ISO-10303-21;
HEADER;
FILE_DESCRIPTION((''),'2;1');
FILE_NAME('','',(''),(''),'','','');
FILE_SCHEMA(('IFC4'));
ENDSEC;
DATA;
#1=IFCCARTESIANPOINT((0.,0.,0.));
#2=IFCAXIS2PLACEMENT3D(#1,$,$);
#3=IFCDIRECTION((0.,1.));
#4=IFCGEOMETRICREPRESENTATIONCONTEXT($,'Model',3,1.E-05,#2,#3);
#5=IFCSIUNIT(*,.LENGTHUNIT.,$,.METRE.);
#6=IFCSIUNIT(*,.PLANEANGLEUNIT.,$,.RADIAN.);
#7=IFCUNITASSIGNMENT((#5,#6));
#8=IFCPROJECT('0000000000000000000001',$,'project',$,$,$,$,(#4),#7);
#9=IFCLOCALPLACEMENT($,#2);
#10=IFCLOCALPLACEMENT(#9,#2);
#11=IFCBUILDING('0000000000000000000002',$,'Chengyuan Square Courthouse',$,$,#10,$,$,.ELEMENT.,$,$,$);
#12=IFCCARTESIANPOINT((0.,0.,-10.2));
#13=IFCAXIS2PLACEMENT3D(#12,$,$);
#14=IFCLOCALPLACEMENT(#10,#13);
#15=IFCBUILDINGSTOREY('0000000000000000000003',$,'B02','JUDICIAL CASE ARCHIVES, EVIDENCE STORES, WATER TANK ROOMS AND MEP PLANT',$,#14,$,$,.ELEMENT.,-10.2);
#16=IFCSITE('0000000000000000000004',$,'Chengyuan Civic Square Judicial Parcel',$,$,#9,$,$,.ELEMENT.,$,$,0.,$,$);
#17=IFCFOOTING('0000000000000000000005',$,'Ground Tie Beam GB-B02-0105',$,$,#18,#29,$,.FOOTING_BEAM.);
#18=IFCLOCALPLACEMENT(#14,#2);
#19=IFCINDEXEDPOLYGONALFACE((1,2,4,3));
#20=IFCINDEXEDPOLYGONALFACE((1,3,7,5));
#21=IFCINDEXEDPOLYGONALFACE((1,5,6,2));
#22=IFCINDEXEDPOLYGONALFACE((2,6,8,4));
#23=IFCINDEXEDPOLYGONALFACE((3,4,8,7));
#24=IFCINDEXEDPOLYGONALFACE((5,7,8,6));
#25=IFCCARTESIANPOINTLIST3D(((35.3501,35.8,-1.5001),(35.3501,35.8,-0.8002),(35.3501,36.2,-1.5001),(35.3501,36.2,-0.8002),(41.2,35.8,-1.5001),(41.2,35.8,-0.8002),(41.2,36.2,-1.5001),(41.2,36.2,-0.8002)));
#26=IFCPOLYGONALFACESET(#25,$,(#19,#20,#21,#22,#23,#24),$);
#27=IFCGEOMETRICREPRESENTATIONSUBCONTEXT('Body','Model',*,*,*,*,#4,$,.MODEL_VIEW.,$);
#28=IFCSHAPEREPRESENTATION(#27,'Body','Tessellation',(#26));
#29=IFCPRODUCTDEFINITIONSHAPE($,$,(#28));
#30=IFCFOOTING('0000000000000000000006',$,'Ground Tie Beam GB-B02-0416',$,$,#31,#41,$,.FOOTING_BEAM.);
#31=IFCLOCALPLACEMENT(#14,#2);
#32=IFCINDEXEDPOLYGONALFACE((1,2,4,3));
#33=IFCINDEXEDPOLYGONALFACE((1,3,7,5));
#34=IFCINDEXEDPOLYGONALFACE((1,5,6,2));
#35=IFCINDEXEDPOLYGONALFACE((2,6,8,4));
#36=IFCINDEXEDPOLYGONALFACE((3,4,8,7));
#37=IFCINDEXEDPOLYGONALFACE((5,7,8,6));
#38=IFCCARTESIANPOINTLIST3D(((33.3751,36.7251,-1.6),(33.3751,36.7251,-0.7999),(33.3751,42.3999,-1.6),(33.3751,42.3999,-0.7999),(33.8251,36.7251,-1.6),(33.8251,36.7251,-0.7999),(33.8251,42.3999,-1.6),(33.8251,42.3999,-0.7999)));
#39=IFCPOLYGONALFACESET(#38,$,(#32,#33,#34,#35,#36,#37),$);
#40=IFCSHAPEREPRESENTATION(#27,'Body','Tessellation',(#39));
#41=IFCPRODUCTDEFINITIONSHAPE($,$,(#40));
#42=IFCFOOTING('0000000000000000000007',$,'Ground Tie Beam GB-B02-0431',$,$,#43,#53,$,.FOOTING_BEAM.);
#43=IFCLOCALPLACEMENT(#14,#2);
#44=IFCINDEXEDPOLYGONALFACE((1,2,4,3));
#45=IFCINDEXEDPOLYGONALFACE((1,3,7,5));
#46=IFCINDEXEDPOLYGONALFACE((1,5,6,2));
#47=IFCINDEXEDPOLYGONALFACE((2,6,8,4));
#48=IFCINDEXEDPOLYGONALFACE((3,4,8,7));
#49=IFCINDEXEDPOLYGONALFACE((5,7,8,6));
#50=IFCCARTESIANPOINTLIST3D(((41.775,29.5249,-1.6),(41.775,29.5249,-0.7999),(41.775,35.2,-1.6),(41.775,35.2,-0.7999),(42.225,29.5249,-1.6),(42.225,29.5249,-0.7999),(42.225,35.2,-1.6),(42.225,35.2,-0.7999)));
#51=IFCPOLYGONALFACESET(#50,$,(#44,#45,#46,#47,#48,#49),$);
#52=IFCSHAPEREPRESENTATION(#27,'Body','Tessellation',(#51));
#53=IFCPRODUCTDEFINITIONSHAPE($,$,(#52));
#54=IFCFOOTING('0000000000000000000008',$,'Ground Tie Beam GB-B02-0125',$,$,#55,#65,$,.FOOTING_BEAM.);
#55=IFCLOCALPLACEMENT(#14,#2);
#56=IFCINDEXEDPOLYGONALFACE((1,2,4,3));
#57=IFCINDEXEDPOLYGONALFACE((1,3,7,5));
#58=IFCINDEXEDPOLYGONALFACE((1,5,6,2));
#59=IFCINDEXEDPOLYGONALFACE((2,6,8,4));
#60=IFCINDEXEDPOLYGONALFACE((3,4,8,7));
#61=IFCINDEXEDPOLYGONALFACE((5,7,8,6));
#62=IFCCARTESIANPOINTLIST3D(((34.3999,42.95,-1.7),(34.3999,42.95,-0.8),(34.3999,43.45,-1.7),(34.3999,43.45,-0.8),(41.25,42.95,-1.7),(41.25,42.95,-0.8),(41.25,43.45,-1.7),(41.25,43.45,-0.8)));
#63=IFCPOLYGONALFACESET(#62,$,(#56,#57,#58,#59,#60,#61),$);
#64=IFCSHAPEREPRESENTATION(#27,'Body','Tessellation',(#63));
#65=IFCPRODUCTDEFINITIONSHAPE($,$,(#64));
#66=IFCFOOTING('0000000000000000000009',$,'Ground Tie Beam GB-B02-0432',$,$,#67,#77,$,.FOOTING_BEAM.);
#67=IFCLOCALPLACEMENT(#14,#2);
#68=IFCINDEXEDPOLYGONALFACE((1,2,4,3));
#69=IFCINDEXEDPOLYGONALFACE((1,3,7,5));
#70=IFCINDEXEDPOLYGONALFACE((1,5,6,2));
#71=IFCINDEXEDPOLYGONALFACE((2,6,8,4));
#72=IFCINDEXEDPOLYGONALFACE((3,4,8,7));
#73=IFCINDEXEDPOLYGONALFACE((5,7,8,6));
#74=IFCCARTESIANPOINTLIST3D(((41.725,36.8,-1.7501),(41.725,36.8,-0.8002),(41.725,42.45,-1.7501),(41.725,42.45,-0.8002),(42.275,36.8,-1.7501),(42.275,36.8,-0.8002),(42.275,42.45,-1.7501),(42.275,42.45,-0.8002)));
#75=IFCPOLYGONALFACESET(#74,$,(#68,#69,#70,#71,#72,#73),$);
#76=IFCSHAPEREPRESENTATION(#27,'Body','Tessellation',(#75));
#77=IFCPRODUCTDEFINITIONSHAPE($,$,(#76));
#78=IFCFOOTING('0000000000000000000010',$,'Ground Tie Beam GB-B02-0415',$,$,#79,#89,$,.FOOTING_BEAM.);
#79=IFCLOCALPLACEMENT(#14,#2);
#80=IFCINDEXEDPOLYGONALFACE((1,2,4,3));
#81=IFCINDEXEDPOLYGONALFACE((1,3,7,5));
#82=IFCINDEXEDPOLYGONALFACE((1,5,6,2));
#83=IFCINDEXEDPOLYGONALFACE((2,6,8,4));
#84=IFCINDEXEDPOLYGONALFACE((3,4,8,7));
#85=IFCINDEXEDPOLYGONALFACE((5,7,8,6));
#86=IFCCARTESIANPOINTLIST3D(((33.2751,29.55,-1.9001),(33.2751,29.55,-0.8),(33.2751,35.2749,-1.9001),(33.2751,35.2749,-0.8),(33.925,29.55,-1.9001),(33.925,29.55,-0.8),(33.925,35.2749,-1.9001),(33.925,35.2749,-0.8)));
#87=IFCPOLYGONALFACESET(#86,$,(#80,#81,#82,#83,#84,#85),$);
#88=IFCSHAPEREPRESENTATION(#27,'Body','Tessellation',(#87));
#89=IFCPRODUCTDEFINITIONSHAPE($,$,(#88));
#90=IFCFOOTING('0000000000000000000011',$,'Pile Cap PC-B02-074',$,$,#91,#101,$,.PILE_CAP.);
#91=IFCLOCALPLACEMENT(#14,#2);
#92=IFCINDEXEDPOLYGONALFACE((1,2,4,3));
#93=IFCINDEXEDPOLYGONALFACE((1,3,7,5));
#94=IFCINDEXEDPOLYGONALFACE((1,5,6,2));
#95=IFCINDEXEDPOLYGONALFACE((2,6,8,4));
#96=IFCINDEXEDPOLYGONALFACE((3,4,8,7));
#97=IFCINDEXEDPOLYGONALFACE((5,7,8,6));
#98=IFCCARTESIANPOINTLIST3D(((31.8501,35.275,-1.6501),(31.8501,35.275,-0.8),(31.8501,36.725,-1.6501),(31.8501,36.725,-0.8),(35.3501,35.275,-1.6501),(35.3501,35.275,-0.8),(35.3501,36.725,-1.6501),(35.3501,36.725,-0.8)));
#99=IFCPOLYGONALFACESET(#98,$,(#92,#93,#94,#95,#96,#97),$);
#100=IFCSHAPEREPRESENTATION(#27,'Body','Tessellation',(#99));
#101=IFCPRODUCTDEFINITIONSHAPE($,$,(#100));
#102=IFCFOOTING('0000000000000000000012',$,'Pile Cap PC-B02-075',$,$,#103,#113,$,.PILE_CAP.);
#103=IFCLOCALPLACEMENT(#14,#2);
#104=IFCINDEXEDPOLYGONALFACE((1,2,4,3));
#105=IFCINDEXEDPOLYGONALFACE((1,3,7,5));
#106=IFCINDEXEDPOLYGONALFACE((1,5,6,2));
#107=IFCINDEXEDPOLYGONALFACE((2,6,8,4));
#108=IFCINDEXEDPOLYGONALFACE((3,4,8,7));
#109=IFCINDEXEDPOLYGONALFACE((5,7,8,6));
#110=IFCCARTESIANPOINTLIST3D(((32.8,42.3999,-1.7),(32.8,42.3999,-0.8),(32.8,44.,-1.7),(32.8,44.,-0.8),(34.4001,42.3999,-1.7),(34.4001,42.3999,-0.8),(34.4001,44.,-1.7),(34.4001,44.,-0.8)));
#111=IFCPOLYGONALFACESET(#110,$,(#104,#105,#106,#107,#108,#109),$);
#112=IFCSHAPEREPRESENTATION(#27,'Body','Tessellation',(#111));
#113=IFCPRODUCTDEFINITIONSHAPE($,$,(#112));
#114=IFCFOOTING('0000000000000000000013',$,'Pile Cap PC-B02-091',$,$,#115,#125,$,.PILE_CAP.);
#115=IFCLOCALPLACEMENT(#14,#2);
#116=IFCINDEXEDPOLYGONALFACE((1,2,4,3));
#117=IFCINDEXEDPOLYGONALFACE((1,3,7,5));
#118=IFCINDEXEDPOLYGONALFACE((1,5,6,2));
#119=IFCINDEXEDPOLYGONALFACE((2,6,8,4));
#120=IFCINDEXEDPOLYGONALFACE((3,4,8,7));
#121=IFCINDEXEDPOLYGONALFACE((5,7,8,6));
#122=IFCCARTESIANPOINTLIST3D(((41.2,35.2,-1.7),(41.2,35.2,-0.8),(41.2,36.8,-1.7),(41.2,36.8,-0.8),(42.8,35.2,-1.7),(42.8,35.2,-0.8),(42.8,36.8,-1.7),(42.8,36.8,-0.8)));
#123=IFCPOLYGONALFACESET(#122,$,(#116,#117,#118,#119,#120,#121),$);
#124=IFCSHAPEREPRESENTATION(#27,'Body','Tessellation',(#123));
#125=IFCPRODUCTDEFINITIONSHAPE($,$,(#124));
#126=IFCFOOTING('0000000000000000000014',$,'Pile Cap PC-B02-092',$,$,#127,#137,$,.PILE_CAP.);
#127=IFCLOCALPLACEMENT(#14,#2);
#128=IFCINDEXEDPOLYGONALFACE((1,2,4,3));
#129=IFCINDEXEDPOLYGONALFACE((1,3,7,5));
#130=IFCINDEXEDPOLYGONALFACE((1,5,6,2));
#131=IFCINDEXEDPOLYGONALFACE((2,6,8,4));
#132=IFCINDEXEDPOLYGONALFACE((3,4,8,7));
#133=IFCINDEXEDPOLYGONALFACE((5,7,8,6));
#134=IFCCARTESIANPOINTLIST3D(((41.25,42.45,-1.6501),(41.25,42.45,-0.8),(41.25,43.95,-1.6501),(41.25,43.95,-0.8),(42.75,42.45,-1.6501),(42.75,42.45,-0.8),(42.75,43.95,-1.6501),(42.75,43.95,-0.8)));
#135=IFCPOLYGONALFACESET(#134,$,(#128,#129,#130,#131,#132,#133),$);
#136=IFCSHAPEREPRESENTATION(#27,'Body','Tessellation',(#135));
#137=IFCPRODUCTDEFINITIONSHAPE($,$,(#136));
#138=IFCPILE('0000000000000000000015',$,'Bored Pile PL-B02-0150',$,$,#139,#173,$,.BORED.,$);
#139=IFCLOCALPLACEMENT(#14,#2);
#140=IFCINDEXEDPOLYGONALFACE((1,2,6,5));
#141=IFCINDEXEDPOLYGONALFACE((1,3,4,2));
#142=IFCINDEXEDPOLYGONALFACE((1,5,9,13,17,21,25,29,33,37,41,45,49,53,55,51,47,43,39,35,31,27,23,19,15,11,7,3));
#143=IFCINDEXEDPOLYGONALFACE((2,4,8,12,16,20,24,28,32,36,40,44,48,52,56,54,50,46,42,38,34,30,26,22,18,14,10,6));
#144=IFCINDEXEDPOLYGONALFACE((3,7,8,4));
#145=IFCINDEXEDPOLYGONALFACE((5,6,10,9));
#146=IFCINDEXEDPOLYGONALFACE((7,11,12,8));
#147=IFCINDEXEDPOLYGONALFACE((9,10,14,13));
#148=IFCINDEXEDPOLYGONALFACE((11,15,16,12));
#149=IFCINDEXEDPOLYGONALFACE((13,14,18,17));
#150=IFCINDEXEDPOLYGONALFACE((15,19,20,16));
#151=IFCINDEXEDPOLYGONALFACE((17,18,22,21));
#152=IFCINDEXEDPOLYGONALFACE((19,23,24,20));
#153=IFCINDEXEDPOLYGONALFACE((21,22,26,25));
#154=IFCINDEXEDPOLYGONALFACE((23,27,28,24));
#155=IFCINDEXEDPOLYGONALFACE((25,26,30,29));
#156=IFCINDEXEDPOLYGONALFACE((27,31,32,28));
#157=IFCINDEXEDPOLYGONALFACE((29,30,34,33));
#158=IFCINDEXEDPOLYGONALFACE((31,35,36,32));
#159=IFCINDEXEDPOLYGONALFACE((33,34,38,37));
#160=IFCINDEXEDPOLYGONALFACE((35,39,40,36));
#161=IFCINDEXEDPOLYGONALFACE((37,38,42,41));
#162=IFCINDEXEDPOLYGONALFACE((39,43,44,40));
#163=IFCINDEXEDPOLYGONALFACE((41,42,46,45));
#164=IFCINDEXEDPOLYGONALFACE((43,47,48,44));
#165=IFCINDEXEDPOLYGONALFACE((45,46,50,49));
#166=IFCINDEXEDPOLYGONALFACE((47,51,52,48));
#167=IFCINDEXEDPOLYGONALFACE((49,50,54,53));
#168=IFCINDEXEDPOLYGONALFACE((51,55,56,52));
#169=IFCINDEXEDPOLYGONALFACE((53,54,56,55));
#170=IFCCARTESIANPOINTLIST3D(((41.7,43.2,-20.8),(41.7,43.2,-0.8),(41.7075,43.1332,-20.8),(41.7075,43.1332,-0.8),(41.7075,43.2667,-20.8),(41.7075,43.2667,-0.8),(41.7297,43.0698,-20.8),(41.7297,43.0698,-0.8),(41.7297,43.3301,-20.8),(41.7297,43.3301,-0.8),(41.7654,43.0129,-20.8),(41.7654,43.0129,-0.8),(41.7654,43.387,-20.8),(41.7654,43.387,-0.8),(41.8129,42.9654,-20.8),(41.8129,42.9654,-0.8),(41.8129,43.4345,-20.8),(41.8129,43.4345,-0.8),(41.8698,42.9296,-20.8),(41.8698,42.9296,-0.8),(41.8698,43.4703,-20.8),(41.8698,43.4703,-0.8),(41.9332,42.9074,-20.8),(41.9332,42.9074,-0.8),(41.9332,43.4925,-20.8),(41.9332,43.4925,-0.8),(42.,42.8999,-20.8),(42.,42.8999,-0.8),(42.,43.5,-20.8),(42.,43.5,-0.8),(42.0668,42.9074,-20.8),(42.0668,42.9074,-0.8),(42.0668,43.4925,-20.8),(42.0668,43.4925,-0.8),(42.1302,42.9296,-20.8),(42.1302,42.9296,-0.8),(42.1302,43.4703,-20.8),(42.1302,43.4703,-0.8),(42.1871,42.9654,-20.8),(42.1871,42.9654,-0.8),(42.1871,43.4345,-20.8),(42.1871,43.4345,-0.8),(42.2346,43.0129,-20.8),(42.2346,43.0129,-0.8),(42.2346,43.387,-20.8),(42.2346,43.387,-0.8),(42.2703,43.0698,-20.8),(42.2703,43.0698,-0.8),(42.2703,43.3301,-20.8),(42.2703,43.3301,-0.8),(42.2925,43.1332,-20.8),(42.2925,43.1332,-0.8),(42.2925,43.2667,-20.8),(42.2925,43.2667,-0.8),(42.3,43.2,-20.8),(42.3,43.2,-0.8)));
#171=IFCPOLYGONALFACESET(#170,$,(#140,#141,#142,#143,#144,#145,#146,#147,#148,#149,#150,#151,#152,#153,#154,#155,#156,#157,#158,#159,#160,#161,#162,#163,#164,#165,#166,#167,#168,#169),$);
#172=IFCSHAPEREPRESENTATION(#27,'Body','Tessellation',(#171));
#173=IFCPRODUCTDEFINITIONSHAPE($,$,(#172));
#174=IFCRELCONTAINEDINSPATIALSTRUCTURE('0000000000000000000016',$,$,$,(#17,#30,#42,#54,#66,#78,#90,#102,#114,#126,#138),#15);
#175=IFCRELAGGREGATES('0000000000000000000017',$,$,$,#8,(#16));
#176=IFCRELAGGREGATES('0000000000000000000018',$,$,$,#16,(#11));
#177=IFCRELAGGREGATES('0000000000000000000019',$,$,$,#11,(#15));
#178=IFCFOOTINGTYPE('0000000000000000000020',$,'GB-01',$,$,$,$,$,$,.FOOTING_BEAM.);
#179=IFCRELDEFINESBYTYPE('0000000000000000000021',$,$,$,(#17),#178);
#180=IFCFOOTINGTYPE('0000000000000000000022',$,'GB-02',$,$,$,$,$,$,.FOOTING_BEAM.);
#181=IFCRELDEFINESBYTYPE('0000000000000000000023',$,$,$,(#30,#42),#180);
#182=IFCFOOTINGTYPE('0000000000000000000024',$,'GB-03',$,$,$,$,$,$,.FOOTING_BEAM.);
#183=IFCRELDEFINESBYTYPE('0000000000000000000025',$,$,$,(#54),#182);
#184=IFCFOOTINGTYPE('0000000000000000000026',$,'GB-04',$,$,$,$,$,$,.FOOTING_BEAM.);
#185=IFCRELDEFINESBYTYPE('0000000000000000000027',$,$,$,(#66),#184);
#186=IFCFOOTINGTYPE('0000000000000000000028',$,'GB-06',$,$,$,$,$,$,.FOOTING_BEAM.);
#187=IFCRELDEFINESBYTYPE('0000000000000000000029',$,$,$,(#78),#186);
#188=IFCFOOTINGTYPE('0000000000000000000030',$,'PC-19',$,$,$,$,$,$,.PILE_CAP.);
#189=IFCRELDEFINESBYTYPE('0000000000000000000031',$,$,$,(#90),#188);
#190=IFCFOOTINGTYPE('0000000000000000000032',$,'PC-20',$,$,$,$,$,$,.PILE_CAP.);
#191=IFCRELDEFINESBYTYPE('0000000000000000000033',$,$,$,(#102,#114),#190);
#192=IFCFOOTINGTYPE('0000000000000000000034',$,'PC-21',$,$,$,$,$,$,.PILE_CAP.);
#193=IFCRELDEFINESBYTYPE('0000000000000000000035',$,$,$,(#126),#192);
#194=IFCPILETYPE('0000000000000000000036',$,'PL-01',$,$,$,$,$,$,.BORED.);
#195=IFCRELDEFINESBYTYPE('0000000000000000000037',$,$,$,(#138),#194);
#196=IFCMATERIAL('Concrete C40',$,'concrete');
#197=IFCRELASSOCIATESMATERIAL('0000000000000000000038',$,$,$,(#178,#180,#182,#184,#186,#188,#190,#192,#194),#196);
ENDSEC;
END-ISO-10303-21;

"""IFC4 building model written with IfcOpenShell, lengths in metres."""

from ifc_helpers import new_model, si_unit, direction, frame, origin, origin_2d, place, context, subcontext, project, spatial, rectangle, circle, extrude, material, material_profile, profile_set, type_object, element, save


model = new_model("IFC4")

# Units and contexts
model_context = context("Model", 3, precision=1e-05, world=origin(), true_north=direction((0.0, 1.0)))
body_context = subcontext(model_context, "Body", "Model", "MODEL_VIEW")
ifc_project = project(units=[si_unit("LENGTHUNIT", "METRE"), si_unit("PLANEANGLEUNIT", "RADIAN")], contexts=[model_context])

# Site, building, storey
site_placement = place(None, origin())
site = spatial("IfcSite", under=ifc_project, at=site_placement, Name="Chengyuan Civic Square Judicial Parcel", CompositionType="ELEMENT", RefElevation=0.0)
building_placement = place(site_placement, origin())
building = spatial("IfcBuilding", under=site, at=building_placement, Name="Chengyuan Square Courthouse", CompositionType="ELEMENT")
storey_placement = place(building_placement, frame((0.0, 0.0, -10.2)))
storey = spatial("IfcBuildingStorey", under=building, at=storey_placement, Name="B02", Description="JUDICIAL CASE ARCHIVES, EVIDENCE STORES, WATER TANK ROOMS AND MEP PLANT", CompositionType="ELEMENT", Elevation=-10.2)

# Footings
ifc_material_1 = material(Name="Concrete C40", Category="concrete")
ifc_material_profile_1 = material_profile(ifc_material_1, rectangle(XDim=0.3999, YDim=0.7, at=origin_2d()), Name="GB-400x700")
ifc_profile_set_1 = profile_set([ifc_material_profile_1], Name="Concrete C40")
footing_type_1 = type_object("IfcFootingType", Name="GB-01", PredefinedType="FOOTING_BEAM", material=ifc_profile_set_1)
footing_1_placement = place(storey_placement, frame((35.3501, 36.0, -1.1501), z_axis=(1.0, 0.0, 0.0), x_axis=(0.0, 1.0, 0.0)))
element("IfcFooting", 1, at=footing_1_placement, inside=storey, type_object=footing_type_1, Name="Ground Tie Beam GB-B02-0105", PredefinedType="FOOTING_BEAM", context=body_context, shape_type="SweptSolid", body=[
    extrude(rectangle(XDim=0.3999, YDim=0.7, at=origin_2d()), origin(), (0.0, 0.0, 1.0), 5.8499),
])
ifc_material_profile_2 = material_profile(ifc_material_1, rectangle(XDim=0.45, YDim=0.8, at=origin_2d()), Name="GB-450x800")
ifc_profile_set_2 = profile_set([ifc_material_profile_2], Name="Concrete C40")
footing_type_2 = type_object("IfcFootingType", Name="GB-02", PredefinedType="FOOTING_BEAM", material=ifc_profile_set_2)
footing_2_placement = place(storey_placement, frame((33.6001, 36.7251, -1.2), z_axis=(0.0, 1.0, 0.0), x_axis=(-1.0, 0.0, 0.0)))
element("IfcFooting", 2, at=footing_2_placement, inside=storey, type_object=footing_type_2, Name="Ground Tie Beam GB-B02-0416", PredefinedType="FOOTING_BEAM", context=body_context, shape_type="SweptSolid", body=[
    extrude(rectangle(XDim=0.45, YDim=0.8, at=origin_2d()), origin(), (0.0, 0.0, 1.0), 5.6748),
])
footing_3_placement = place(storey_placement, frame((42.0, 29.5249, -1.2), z_axis=(0.0, 1.0, 0.0), x_axis=(-1.0, 0.0, 0.0)))
element("IfcFooting", 3, at=footing_3_placement, inside=storey, type_object=footing_type_2, Name="Ground Tie Beam GB-B02-0431", PredefinedType="FOOTING_BEAM", context=body_context, shape_type="SweptSolid", body=[
    extrude(rectangle(XDim=0.45, YDim=0.8, at=origin_2d()), origin(), (0.0, 0.0, 1.0), 5.675),
])
ifc_material_profile_3 = material_profile(ifc_material_1, rectangle(XDim=0.5, YDim=0.8999, at=origin_2d()), Name="GB-500x900")
ifc_profile_set_3 = profile_set([ifc_material_profile_3], Name="Concrete C40")
footing_type_3 = type_object("IfcFootingType", Name="GB-03", PredefinedType="FOOTING_BEAM", material=ifc_profile_set_3)
footing_4_placement = place(storey_placement, frame((34.3999, 43.2, -1.25), z_axis=(1.0, 0.0, 0.0), x_axis=(0.0, 1.0, 0.0)))
element("IfcFooting", 4, at=footing_4_placement, inside=storey, type_object=footing_type_3, Name="Ground Tie Beam GB-B02-0125", PredefinedType="FOOTING_BEAM", context=body_context, shape_type="SweptSolid", body=[
    extrude(rectangle(XDim=0.5, YDim=0.8999, at=origin_2d()), origin(), (0.0, 0.0, 1.0), 6.8501),
])
ifc_material_profile_4 = material_profile(ifc_material_1, rectangle(XDim=0.55, YDim=0.95, at=origin_2d()), Name="GB-550x950")
ifc_profile_set_4 = profile_set([ifc_material_profile_4], Name="Concrete C40")
footing_type_4 = type_object("IfcFootingType", Name="GB-04", PredefinedType="FOOTING_BEAM", material=ifc_profile_set_4)
footing_5_placement = place(storey_placement, frame((42.0, 36.8, -1.2751), z_axis=(0.0, 1.0, 0.0), x_axis=(-1.0, 0.0, 0.0)))
element("IfcFooting", 5, at=footing_5_placement, inside=storey, type_object=footing_type_4, Name="Ground Tie Beam GB-B02-0432", PredefinedType="FOOTING_BEAM", context=body_context, shape_type="SweptSolid", body=[
    extrude(rectangle(XDim=0.55, YDim=0.95, at=origin_2d()), origin(), (0.0, 0.0, 1.0), 5.6499),
])
ifc_material_profile_5 = material_profile(ifc_material_1, rectangle(XDim=0.6499, YDim=1.1001, at=origin_2d()), Name="GB-650x1100")
ifc_profile_set_5 = profile_set([ifc_material_profile_5], Name="Concrete C40")
footing_type_5 = type_object("IfcFootingType", Name="GB-06", PredefinedType="FOOTING_BEAM", material=ifc_profile_set_5)
footing_6_placement = place(storey_placement, frame((33.6001, 29.55, -1.3501), z_axis=(0.0, 1.0, 0.0), x_axis=(-1.0, 0.0, 0.0)))
element("IfcFooting", 6, at=footing_6_placement, inside=storey, type_object=footing_type_5, Name="Ground Tie Beam GB-B02-0415", PredefinedType="FOOTING_BEAM", context=body_context, shape_type="SweptSolid", body=[
    extrude(rectangle(XDim=0.6499, YDim=1.1001, at=origin_2d()), origin(), (0.0, 0.0, 1.0), 5.7249),
])
footing_type_6 = type_object("IfcFootingType", Name="PC-19", PredefinedType="PILE_CAP", material=ifc_material_1)
footing_7_placement = place(storey_placement, frame((33.6001, 36.0, -1.6501), z_axis=(0.0, 0.0, 1.0), x_axis=(1.0, 0.0, 0.0)))
element("IfcFooting", 7, at=footing_7_placement, inside=storey, type_object=footing_type_6, Name="Pile Cap PC-B02-074", PredefinedType="PILE_CAP", context=body_context, shape_type="SweptSolid", body=[
    extrude(rectangle(XDim=3.5, YDim=1.45, at=origin_2d()), origin(), (0.0, 0.0, 1.0), 0.8501),
])
footing_type_7 = type_object("IfcFootingType", Name="PC-20", PredefinedType="PILE_CAP", material=ifc_material_1)
for number, where, z_axis, x_axis, name in (
    (8, (33.6001, 43.2, -1.7), (0.0, 0.0, 1.0), (1.0, 0.0, 0.0), "Pile Cap PC-B02-075"),
    (9, (42.0, 36.0, -1.7), (0.0, 0.0, 1.0), (1.0, 0.0, 0.0), "Pile Cap PC-B02-091"),
):
    element("IfcFooting", number, at=place(storey_placement, frame(where, z_axis=z_axis, x_axis=x_axis)), inside=storey, type_object=footing_type_7, Name=name, PredefinedType="PILE_CAP", context=body_context, shape_type="SweptSolid", body=[
        extrude(rectangle(XDim=1.6001, YDim=1.6001, at=origin_2d()), origin(), (0.0, 0.0, 1.0), 0.8999),
    ])
footing_type_8 = type_object("IfcFootingType", Name="PC-21", PredefinedType="PILE_CAP", material=ifc_material_1)
footing_8_placement = place(storey_placement, frame((42.0, 43.2, -1.6501), z_axis=(0.0, 0.0, 1.0), x_axis=(1.0, 0.0, 0.0)))
element("IfcFooting", 10, at=footing_8_placement, inside=storey, type_object=footing_type_8, Name="Pile Cap PC-B02-092", PredefinedType="PILE_CAP", context=body_context, shape_type="SweptSolid", body=[
    extrude(rectangle(XDim=1.5, YDim=1.5, at=origin_2d()), origin(), (0.0, 0.0, 1.0), 0.8501),
])

# Pile
ifc_material_profile_6 = material_profile(ifc_material_1, circle(Radius=0.3, at=origin_2d()), Name="BORED PILE D600")
ifc_profile_set_6 = profile_set([ifc_material_profile_6], Name="Concrete C40")
pile_type_1 = type_object("IfcPileType", Name="PL-01", PredefinedType="BORED", material=ifc_profile_set_6)
pile_placement = place(storey_placement, frame((42.0, 43.2, -0.8), z_axis=(0.0, 0.0, -1.0), x_axis=(1.0, 0.0, 0.0)))
element("IfcPile", 11, at=pile_placement, inside=storey, type_object=pile_type_1, Name="Bored Pile PL-B02-0150", PredefinedType="BORED", context=body_context, shape_type="SweptSolid", body=[
    extrude(circle(Radius=0.3, at=origin_2d()), origin(), (0.0, 0.0, 1.0), 20.0),
])

save(model, "model.ifc")
